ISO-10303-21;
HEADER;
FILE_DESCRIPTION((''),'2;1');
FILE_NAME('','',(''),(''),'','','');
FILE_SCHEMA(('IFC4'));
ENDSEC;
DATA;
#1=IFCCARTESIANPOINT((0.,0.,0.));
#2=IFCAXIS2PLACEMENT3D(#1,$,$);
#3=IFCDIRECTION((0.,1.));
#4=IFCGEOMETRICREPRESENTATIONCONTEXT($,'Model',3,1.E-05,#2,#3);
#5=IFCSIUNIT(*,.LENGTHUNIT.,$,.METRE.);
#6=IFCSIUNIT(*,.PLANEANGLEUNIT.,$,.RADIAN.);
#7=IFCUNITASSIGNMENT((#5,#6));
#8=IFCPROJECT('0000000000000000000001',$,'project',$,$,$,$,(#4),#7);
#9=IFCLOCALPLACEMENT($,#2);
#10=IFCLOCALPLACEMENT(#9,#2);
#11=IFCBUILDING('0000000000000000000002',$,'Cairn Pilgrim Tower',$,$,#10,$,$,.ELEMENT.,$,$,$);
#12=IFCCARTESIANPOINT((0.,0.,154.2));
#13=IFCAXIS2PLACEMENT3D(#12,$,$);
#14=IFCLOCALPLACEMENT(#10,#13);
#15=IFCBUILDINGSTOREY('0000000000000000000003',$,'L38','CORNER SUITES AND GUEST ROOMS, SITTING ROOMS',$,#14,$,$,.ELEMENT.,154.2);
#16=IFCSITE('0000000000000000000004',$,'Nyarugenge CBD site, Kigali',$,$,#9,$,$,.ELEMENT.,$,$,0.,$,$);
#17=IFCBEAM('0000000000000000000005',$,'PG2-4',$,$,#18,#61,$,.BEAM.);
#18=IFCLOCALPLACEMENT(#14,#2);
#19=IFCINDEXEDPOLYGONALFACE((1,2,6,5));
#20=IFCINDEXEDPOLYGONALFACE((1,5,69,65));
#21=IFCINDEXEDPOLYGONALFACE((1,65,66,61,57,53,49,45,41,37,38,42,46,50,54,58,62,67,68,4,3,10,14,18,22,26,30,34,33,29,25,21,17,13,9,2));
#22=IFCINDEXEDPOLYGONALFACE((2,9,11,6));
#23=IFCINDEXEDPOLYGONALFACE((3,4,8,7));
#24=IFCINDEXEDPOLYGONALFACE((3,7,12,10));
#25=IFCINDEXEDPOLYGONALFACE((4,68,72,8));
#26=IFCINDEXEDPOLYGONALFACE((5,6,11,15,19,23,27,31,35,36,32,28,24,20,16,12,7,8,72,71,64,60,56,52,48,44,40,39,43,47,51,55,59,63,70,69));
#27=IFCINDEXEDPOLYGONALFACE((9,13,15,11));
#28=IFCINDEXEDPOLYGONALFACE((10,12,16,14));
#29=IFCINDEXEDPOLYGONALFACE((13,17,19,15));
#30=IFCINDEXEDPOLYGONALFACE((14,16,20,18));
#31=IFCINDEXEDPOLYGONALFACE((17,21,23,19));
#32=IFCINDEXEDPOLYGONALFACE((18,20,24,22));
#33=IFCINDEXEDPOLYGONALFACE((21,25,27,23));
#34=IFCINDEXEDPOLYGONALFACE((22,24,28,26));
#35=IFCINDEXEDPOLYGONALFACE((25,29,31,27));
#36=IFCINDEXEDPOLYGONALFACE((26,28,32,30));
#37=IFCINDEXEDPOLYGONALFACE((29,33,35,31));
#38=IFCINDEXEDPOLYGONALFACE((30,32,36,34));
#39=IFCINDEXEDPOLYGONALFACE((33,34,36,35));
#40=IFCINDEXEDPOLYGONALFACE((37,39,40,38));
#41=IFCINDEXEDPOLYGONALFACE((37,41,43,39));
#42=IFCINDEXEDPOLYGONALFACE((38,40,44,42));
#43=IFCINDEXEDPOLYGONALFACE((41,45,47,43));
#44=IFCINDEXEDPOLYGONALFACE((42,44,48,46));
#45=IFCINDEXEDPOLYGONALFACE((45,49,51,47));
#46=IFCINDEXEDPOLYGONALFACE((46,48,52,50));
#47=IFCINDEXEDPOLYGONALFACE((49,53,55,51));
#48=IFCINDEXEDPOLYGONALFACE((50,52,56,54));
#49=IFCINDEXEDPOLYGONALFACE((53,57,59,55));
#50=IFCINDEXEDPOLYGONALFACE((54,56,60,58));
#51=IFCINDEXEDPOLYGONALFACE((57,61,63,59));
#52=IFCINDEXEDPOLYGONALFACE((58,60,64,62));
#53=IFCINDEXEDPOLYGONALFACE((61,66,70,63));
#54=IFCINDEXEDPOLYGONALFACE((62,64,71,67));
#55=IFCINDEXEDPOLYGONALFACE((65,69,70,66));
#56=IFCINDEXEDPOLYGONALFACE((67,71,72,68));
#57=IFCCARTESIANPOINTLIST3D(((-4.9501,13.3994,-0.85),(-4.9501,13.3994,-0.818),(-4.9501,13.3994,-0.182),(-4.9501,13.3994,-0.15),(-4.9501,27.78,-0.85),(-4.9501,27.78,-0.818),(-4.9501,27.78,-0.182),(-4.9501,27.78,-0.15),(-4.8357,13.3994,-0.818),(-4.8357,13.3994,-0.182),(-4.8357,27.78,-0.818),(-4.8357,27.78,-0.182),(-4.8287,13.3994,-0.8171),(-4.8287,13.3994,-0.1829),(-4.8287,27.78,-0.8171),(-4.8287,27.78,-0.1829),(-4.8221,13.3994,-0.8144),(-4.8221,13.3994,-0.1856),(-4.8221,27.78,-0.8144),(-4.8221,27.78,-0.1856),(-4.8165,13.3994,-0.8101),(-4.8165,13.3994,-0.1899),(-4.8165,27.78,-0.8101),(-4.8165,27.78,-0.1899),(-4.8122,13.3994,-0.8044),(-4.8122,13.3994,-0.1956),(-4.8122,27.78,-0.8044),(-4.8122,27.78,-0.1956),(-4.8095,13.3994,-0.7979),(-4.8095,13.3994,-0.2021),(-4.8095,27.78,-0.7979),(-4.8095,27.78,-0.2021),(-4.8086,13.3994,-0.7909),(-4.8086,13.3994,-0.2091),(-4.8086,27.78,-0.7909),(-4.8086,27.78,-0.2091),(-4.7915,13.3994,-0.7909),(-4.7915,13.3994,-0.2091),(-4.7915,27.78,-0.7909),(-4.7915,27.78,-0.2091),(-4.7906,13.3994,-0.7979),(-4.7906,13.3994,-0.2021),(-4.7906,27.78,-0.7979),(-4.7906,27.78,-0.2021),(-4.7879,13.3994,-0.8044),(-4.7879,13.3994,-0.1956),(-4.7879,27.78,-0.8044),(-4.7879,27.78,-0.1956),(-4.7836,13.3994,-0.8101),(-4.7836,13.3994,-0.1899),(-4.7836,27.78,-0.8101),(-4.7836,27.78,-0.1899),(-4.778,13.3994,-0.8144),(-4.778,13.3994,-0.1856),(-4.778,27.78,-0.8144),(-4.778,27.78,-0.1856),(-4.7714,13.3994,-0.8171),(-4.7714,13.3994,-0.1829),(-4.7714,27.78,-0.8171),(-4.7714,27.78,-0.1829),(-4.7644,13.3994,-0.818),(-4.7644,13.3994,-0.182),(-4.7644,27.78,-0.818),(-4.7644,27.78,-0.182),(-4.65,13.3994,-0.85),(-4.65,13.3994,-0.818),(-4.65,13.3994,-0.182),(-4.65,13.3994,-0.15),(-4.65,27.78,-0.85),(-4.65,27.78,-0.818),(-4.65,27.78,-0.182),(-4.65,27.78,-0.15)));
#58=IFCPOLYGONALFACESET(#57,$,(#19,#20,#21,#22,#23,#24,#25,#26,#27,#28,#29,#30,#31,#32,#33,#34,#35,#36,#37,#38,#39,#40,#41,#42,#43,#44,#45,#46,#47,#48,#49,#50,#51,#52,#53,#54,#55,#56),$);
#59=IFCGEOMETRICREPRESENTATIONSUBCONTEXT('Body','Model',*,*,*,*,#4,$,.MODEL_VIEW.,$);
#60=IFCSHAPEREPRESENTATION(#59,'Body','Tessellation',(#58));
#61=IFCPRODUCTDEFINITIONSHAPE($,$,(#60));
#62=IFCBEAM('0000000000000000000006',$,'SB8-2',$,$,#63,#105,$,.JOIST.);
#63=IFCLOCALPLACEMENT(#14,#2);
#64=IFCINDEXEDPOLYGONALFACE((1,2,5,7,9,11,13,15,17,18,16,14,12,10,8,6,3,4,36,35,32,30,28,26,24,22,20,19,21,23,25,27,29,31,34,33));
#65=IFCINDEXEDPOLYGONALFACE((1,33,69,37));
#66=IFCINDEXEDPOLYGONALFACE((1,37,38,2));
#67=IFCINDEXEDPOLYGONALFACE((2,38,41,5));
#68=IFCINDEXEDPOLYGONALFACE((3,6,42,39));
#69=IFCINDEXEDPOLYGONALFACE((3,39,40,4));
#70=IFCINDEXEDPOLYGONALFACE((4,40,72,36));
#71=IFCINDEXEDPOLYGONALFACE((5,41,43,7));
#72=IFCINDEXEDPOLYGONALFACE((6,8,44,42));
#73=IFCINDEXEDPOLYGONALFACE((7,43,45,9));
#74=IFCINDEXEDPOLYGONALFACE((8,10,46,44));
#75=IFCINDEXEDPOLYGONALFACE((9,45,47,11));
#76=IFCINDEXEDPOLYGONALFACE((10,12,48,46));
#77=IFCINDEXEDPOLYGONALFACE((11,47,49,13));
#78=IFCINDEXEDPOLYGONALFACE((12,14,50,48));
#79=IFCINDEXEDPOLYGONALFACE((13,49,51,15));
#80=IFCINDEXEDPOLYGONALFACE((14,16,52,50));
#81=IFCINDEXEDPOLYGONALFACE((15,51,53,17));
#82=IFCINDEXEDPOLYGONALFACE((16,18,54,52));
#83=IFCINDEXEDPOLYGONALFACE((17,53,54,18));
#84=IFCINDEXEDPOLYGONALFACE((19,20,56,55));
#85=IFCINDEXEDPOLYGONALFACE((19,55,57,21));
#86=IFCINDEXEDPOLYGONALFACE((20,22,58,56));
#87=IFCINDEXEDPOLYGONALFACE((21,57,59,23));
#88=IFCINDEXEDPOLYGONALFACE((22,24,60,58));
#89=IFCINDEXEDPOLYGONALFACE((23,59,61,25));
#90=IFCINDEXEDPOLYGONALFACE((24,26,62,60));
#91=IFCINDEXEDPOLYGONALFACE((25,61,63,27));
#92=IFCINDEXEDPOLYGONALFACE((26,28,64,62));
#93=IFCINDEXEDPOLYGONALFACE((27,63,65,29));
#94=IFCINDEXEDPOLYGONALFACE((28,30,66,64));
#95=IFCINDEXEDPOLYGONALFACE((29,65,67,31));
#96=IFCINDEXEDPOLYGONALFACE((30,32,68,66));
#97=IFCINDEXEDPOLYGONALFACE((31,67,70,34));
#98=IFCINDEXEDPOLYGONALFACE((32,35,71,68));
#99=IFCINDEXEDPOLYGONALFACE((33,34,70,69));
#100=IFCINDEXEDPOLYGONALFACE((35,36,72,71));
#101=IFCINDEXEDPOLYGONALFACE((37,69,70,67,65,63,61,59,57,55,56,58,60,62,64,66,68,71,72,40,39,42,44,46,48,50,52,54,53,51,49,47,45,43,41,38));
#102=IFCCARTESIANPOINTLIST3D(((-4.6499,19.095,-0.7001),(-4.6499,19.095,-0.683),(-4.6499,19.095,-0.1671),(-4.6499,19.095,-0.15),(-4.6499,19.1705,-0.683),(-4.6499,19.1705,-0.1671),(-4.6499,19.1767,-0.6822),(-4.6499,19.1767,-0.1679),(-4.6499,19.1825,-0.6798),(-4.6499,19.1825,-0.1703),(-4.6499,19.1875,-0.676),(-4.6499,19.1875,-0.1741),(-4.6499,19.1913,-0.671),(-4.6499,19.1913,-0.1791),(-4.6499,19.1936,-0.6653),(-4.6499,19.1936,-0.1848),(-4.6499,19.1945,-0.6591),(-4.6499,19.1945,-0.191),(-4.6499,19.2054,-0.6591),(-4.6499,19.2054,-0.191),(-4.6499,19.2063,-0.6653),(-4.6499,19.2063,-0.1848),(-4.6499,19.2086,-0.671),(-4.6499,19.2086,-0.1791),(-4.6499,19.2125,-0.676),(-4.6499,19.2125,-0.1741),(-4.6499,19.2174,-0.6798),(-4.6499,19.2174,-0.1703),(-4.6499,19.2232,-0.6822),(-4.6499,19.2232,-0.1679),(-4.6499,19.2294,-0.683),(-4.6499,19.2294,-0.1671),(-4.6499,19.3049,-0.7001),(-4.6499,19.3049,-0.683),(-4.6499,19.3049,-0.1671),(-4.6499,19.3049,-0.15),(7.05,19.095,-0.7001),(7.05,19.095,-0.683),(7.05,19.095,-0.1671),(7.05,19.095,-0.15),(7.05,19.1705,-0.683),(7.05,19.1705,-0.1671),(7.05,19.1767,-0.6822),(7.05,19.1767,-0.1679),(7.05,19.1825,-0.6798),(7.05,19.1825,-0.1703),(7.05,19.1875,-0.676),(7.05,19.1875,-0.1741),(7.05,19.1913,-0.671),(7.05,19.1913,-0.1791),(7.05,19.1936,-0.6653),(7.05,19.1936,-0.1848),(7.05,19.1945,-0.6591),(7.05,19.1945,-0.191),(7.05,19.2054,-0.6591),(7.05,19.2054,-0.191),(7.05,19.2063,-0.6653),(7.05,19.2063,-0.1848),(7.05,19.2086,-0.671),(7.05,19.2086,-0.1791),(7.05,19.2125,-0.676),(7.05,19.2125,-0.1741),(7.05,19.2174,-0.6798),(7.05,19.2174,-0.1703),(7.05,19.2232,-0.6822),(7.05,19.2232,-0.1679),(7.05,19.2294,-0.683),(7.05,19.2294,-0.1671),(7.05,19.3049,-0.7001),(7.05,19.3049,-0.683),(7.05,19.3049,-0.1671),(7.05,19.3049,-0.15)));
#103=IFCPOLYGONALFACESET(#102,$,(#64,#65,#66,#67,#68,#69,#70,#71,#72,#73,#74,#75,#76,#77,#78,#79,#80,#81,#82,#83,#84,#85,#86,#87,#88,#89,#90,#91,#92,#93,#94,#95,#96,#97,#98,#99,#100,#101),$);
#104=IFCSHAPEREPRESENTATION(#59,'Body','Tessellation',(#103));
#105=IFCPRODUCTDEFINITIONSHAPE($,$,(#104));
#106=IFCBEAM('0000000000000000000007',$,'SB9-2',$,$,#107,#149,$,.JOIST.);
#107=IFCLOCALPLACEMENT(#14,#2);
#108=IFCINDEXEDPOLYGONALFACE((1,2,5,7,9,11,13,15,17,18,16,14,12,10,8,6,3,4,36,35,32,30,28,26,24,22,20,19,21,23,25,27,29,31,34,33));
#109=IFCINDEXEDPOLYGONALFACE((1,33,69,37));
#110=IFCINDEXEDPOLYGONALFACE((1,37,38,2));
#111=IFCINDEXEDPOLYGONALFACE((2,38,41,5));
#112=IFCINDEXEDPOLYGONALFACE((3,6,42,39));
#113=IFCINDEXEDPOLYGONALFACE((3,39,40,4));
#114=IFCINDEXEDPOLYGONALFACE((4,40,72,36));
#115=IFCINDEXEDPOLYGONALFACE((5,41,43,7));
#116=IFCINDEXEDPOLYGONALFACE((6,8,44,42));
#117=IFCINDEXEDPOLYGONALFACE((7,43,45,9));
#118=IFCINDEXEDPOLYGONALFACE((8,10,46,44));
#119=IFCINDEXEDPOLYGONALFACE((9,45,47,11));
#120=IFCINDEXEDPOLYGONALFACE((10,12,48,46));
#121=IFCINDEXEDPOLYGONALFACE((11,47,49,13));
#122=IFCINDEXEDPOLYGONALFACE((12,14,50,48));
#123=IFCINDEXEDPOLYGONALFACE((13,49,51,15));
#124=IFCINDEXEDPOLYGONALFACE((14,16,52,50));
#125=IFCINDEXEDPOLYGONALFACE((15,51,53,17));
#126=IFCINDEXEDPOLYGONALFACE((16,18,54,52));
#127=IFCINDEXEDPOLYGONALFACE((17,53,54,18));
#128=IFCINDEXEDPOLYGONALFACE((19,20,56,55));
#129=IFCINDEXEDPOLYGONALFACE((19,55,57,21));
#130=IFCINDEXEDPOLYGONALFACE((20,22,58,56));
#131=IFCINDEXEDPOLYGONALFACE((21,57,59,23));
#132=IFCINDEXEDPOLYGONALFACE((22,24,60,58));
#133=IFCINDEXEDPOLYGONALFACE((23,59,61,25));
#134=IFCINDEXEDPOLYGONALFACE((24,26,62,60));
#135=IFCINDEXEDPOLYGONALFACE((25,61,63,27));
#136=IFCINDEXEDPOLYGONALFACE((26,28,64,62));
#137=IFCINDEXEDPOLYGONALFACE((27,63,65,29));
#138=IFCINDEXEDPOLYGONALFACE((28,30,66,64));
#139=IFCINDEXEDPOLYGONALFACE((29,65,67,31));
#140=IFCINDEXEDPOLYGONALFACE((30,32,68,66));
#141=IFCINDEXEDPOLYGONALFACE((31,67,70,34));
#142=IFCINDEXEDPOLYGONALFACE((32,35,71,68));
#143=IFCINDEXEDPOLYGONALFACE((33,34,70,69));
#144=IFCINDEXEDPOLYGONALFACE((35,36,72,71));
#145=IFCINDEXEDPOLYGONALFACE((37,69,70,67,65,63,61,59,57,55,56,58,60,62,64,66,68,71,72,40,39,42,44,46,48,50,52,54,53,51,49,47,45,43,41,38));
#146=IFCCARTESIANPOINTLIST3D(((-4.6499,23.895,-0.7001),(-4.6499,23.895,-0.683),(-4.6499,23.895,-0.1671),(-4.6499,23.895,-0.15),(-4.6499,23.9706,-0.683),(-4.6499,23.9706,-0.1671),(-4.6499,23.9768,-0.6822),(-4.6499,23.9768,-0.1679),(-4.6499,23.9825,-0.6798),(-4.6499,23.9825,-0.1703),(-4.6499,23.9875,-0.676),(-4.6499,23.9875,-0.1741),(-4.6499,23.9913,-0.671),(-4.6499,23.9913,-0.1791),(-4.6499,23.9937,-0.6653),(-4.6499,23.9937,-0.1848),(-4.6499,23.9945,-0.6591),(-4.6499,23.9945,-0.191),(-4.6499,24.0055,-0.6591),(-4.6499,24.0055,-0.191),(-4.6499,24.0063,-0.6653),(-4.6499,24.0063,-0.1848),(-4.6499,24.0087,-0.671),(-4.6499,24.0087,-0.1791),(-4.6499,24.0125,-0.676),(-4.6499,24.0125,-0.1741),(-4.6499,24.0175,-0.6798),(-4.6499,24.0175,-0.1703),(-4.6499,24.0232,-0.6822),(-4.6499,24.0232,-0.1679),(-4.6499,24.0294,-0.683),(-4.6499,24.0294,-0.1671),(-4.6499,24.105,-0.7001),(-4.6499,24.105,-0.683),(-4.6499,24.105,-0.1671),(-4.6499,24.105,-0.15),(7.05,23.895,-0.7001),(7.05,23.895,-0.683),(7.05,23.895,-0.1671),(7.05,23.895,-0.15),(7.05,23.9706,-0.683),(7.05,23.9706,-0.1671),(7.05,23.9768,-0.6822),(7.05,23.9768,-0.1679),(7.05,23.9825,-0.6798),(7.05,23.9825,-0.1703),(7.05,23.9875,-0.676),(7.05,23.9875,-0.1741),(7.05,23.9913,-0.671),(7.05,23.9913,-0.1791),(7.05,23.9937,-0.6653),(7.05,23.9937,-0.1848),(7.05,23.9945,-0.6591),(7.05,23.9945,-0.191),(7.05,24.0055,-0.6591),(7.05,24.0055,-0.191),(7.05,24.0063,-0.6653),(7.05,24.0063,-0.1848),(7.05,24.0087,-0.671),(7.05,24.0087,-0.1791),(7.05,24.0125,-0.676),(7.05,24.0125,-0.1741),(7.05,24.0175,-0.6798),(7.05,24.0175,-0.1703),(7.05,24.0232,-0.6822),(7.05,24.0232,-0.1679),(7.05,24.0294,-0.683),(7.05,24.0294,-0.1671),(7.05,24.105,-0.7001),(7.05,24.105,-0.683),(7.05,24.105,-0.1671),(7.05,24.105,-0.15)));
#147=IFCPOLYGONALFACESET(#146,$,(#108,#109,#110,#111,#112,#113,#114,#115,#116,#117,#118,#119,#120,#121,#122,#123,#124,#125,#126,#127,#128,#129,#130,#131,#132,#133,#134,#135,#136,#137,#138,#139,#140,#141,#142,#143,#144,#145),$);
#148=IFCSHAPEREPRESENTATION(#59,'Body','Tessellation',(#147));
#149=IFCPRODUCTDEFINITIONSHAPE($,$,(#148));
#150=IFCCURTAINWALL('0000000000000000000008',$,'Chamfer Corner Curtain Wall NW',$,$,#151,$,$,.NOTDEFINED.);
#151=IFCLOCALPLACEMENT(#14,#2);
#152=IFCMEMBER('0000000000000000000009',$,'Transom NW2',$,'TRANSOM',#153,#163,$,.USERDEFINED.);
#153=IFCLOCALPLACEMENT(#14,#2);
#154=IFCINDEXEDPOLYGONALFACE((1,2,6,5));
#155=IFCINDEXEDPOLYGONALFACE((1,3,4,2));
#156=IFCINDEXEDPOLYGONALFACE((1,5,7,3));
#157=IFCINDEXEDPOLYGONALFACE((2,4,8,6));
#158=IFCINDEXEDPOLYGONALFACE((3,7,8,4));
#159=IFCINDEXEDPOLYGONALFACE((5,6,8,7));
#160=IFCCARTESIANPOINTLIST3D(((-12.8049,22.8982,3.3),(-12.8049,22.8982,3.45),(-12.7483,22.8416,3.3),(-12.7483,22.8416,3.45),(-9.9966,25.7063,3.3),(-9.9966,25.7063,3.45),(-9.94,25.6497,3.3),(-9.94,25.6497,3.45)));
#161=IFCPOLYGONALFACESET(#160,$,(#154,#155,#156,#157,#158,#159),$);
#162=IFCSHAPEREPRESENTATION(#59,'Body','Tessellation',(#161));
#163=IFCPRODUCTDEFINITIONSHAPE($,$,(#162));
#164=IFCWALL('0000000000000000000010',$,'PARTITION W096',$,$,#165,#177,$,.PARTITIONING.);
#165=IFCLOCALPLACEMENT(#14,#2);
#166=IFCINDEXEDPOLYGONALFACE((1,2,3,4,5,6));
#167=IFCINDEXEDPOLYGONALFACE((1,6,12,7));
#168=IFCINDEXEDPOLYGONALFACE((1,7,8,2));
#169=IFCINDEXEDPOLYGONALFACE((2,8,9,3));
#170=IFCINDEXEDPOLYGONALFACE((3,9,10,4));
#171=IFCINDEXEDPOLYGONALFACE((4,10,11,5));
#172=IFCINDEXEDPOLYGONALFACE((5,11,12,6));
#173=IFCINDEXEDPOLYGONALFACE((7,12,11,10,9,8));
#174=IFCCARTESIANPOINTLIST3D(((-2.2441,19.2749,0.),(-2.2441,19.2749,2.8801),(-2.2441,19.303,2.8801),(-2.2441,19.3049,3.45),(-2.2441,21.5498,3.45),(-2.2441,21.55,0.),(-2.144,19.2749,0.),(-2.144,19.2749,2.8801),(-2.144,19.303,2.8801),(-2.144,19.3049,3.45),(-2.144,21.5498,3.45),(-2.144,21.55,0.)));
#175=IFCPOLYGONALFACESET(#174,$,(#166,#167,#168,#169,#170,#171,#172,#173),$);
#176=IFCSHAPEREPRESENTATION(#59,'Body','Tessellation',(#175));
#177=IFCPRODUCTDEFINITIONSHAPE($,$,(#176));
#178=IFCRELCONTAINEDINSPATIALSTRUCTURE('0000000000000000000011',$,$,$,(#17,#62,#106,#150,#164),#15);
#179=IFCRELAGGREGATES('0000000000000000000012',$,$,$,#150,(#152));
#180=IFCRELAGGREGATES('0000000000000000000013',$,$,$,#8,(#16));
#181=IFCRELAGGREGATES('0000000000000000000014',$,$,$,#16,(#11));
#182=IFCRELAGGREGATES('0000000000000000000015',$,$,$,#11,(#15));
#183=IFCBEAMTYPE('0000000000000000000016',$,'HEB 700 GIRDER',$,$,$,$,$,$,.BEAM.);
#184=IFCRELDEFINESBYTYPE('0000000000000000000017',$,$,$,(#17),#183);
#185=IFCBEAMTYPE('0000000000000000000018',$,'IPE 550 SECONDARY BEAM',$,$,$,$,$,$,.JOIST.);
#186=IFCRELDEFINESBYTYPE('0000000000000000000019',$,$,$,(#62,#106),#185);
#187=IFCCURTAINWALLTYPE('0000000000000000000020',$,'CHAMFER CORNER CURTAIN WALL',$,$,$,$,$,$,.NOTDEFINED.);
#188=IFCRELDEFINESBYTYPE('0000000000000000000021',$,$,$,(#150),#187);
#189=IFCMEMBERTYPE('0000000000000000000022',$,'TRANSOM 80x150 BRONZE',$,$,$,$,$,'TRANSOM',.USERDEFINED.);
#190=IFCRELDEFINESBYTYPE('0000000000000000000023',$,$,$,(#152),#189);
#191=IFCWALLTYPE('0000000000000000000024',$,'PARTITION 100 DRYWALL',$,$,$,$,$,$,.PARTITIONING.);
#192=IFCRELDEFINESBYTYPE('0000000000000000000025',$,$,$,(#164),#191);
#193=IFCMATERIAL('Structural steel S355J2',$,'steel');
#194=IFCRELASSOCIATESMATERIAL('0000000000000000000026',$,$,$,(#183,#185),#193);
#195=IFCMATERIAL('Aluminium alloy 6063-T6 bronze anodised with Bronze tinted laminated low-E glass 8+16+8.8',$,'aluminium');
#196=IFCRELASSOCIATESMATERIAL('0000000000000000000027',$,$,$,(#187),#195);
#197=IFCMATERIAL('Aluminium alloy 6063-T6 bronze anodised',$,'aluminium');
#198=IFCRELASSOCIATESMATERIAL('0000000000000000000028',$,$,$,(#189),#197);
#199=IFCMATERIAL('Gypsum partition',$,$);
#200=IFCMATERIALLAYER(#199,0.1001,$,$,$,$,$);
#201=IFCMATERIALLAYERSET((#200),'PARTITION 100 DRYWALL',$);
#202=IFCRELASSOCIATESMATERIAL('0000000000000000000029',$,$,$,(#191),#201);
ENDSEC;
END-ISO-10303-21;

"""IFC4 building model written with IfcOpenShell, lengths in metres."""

from ifc_helpers import new_model, si_unit, direction, frame, origin, origin_2d, place, context, subcontext, project, spatial, polyline, rectangle, i_section, outline, extrude, material, layer, layer_set, material_profile, profile_set, type_object, element, aggregate, save


model = new_model("IFC4")

# Units and contexts
model_context = context("Model", 3, precision=1e-05, world=origin(), true_north=direction((0.0, 1.0)))
body_context = subcontext(model_context, "Body", "Model", "MODEL_VIEW")
ifc_project = project(units=[si_unit("LENGTHUNIT", "METRE"), si_unit("PLANEANGLEUNIT", "RADIAN")], contexts=[model_context])

# Site, building, storey
site_placement = place(None, origin())
site = spatial("IfcSite", under=ifc_project, at=site_placement, Name="Nyarugenge CBD site, Kigali", CompositionType="ELEMENT", RefElevation=0.0)
building_placement = place(site_placement, origin())
building = spatial("IfcBuilding", under=site, at=building_placement, Name="Cairn Pilgrim Tower", CompositionType="ELEMENT")
storey_placement = place(building_placement, frame((0.0, 0.0, 154.2)))
storey = spatial("IfcBuildingStorey", under=building, at=storey_placement, Name="L38", Description="CORNER SUITES AND GUEST ROOMS, SITTING ROOMS", CompositionType="ELEMENT", Elevation=154.2)

# Beams
ifc_material_1 = material(Name="Structural steel S355J2", Category="steel")
ifc_material_profile_1 = material_profile(ifc_material_1, i_section(OverallWidth=0.3, OverallDepth=0.7, WebThickness=0.0171, FlangeThickness=0.032, FilletRadius=0.0271, at=origin_2d()), Name="HEB 700")
ifc_profile_set_1 = profile_set([ifc_material_profile_1], Name="Structural steel S355J2")
beam_type_1 = type_object("IfcBeamType", Name="HEB 700 GIRDER", PredefinedType="BEAM", material=ifc_profile_set_1)
beam_placement = place(storey_placement, frame((-4.8, 13.3994, -0.5), z_axis=(0.0, 1.0, 0.0), x_axis=(-1.0, 0.0, 0.0)))
element("IfcBeam", 1, at=beam_placement, inside=storey, type_object=beam_type_1, Name="PG2-4", PredefinedType="BEAM", context=body_context, shape_type="SweptSolid", body=[
    extrude(i_section(OverallWidth=0.3, OverallDepth=0.7, WebThickness=0.0171, FlangeThickness=0.032, FilletRadius=0.0271, at=origin_2d()), origin(), (0.0, 0.0, 1.0), 14.3806),
])
ifc_material_profile_2 = material_profile(ifc_material_1, i_section(OverallWidth=0.21, OverallDepth=0.55, WebThickness=0.011, FlangeThickness=0.0171, FilletRadius=0.0239, at=origin_2d()), Name="IPE 550")
ifc_profile_set_2 = profile_set([ifc_material_profile_2], Name="Structural steel S355J2")
beam_type_2 = type_object("IfcBeamType", Name="IPE 550 SECONDARY BEAM", PredefinedType="JOIST", material=ifc_profile_set_2)
for number, where, z_axis, x_axis, name in (
    (2, (-4.6499, 19.2, -0.425), (1.0, 0.0, 0.0), (0.0, 1.0, 0.0), "SB8-2"),
    (3, (-4.6499, 24.0, -0.425), (1.0, 0.0, 0.0), (0.0, 1.0, 0.0), "SB9-2"),
):
    element("IfcBeam", number, at=place(storey_placement, frame(where, z_axis=z_axis, x_axis=x_axis)), inside=storey, type_object=beam_type_2, Name=name, PredefinedType="JOIST", context=body_context, shape_type="SweptSolid", body=[
        extrude(i_section(OverallWidth=0.21, OverallDepth=0.55, WebThickness=0.011, FlangeThickness=0.0171, FilletRadius=0.0239, at=origin_2d()), origin(), (0.0, 0.0, 1.0), 11.7),
    ])

# Curtain wall, member
ifc_material_2 = material(Name="Aluminium alloy 6063-T6 bronze anodised with Bronze tinted laminated low-E glass 8+16+8.8", Category="aluminium")
curtain_wall_type = type_object("IfcCurtainWallType", Name="CHAMFER CORNER CURTAIN WALL", PredefinedType="NOTDEFINED", material=ifc_material_2)
curtain_wall_placement = place(storey_placement, origin())
curtain_wall = element("IfcCurtainWall", 4, at=curtain_wall_placement, inside=storey, type_object=curtain_wall_type, Name="Chamfer Corner Curtain Wall NW", PredefinedType="NOTDEFINED")
ifc_material_3 = material(Name="Aluminium alloy 6063-T6 bronze anodised", Category="aluminium")
ifc_material_profile_3 = material_profile(ifc_material_3, rectangle(XDim=0.0801, YDim=0.1499, at=origin_2d()), Name="TRANSOM 80x150 BRONZE")
ifc_profile_set_3 = profile_set([ifc_material_profile_3], Name="Aluminium alloy 6063-T6 bronze anodised")
member_type = type_object("IfcMemberType", Name="TRANSOM 80x150 BRONZE", ElementType="TRANSOM", PredefinedType="USERDEFINED", material=ifc_profile_set_3)
member_placement = place(storey_placement, frame((-9.9683, 25.678, 3.375), z_axis=(-0.707138, -0.707076, 0.0), x_axis=(0.707076, -0.707138, 0.0)))
member = element("IfcMember", 5, at=member_placement, type_object=member_type, Name="Transom NW2", ObjectType="TRANSOM", PredefinedType="USERDEFINED", context=body_context, shape_type="SweptSolid", body=[
    extrude(rectangle(XDim=0.0801, YDim=0.1499, at=origin_2d()), origin(), (0.0, 0.0, 1.0), 3.9714),
])
aggregate(curtain_wall, [member])

# Wall
ifc_material_4 = material(Name="Gypsum partition")
ifc_layer_1 = layer(ifc_material_4, 0.1001)
ifc_layer_set_1 = layer_set([ifc_layer_1], Name="PARTITION 100 DRYWALL")
wall_type_1 = type_object("IfcWallType", Name="PARTITION 100 DRYWALL", PredefinedType="PARTITIONING", material=ifc_layer_set_1)
wall_1_placement = place(storey_placement, frame((-2.1941, 19.2749, 0.0), z_axis=(0.0, 0.0, 1.0), x_axis=(0.0, 1.0, 0.0)))
element("IfcWall", 6, at=wall_1_placement, inside=storey, type_object=wall_type_1, Name="PARTITION W096", PredefinedType="PARTITIONING", context=body_context, shape_type="SweptSolid", body=[
    extrude(outline(polyline([(0.0, 0.0), (2.2751, 0.0), (2.2749, 3.45), (0.03, 3.45), (0.0281, 2.8801), (0.0, 2.8801), (0.0, 0.0)])), frame((0.0, 0.05, 0.0), z_axis=(0.0, -1.0, 0.0), x_axis=(1.0, 0.0, 0.0)), (0.0, 0.0, 1.0), 0.1001),
])

save(model, "model.ifc")
